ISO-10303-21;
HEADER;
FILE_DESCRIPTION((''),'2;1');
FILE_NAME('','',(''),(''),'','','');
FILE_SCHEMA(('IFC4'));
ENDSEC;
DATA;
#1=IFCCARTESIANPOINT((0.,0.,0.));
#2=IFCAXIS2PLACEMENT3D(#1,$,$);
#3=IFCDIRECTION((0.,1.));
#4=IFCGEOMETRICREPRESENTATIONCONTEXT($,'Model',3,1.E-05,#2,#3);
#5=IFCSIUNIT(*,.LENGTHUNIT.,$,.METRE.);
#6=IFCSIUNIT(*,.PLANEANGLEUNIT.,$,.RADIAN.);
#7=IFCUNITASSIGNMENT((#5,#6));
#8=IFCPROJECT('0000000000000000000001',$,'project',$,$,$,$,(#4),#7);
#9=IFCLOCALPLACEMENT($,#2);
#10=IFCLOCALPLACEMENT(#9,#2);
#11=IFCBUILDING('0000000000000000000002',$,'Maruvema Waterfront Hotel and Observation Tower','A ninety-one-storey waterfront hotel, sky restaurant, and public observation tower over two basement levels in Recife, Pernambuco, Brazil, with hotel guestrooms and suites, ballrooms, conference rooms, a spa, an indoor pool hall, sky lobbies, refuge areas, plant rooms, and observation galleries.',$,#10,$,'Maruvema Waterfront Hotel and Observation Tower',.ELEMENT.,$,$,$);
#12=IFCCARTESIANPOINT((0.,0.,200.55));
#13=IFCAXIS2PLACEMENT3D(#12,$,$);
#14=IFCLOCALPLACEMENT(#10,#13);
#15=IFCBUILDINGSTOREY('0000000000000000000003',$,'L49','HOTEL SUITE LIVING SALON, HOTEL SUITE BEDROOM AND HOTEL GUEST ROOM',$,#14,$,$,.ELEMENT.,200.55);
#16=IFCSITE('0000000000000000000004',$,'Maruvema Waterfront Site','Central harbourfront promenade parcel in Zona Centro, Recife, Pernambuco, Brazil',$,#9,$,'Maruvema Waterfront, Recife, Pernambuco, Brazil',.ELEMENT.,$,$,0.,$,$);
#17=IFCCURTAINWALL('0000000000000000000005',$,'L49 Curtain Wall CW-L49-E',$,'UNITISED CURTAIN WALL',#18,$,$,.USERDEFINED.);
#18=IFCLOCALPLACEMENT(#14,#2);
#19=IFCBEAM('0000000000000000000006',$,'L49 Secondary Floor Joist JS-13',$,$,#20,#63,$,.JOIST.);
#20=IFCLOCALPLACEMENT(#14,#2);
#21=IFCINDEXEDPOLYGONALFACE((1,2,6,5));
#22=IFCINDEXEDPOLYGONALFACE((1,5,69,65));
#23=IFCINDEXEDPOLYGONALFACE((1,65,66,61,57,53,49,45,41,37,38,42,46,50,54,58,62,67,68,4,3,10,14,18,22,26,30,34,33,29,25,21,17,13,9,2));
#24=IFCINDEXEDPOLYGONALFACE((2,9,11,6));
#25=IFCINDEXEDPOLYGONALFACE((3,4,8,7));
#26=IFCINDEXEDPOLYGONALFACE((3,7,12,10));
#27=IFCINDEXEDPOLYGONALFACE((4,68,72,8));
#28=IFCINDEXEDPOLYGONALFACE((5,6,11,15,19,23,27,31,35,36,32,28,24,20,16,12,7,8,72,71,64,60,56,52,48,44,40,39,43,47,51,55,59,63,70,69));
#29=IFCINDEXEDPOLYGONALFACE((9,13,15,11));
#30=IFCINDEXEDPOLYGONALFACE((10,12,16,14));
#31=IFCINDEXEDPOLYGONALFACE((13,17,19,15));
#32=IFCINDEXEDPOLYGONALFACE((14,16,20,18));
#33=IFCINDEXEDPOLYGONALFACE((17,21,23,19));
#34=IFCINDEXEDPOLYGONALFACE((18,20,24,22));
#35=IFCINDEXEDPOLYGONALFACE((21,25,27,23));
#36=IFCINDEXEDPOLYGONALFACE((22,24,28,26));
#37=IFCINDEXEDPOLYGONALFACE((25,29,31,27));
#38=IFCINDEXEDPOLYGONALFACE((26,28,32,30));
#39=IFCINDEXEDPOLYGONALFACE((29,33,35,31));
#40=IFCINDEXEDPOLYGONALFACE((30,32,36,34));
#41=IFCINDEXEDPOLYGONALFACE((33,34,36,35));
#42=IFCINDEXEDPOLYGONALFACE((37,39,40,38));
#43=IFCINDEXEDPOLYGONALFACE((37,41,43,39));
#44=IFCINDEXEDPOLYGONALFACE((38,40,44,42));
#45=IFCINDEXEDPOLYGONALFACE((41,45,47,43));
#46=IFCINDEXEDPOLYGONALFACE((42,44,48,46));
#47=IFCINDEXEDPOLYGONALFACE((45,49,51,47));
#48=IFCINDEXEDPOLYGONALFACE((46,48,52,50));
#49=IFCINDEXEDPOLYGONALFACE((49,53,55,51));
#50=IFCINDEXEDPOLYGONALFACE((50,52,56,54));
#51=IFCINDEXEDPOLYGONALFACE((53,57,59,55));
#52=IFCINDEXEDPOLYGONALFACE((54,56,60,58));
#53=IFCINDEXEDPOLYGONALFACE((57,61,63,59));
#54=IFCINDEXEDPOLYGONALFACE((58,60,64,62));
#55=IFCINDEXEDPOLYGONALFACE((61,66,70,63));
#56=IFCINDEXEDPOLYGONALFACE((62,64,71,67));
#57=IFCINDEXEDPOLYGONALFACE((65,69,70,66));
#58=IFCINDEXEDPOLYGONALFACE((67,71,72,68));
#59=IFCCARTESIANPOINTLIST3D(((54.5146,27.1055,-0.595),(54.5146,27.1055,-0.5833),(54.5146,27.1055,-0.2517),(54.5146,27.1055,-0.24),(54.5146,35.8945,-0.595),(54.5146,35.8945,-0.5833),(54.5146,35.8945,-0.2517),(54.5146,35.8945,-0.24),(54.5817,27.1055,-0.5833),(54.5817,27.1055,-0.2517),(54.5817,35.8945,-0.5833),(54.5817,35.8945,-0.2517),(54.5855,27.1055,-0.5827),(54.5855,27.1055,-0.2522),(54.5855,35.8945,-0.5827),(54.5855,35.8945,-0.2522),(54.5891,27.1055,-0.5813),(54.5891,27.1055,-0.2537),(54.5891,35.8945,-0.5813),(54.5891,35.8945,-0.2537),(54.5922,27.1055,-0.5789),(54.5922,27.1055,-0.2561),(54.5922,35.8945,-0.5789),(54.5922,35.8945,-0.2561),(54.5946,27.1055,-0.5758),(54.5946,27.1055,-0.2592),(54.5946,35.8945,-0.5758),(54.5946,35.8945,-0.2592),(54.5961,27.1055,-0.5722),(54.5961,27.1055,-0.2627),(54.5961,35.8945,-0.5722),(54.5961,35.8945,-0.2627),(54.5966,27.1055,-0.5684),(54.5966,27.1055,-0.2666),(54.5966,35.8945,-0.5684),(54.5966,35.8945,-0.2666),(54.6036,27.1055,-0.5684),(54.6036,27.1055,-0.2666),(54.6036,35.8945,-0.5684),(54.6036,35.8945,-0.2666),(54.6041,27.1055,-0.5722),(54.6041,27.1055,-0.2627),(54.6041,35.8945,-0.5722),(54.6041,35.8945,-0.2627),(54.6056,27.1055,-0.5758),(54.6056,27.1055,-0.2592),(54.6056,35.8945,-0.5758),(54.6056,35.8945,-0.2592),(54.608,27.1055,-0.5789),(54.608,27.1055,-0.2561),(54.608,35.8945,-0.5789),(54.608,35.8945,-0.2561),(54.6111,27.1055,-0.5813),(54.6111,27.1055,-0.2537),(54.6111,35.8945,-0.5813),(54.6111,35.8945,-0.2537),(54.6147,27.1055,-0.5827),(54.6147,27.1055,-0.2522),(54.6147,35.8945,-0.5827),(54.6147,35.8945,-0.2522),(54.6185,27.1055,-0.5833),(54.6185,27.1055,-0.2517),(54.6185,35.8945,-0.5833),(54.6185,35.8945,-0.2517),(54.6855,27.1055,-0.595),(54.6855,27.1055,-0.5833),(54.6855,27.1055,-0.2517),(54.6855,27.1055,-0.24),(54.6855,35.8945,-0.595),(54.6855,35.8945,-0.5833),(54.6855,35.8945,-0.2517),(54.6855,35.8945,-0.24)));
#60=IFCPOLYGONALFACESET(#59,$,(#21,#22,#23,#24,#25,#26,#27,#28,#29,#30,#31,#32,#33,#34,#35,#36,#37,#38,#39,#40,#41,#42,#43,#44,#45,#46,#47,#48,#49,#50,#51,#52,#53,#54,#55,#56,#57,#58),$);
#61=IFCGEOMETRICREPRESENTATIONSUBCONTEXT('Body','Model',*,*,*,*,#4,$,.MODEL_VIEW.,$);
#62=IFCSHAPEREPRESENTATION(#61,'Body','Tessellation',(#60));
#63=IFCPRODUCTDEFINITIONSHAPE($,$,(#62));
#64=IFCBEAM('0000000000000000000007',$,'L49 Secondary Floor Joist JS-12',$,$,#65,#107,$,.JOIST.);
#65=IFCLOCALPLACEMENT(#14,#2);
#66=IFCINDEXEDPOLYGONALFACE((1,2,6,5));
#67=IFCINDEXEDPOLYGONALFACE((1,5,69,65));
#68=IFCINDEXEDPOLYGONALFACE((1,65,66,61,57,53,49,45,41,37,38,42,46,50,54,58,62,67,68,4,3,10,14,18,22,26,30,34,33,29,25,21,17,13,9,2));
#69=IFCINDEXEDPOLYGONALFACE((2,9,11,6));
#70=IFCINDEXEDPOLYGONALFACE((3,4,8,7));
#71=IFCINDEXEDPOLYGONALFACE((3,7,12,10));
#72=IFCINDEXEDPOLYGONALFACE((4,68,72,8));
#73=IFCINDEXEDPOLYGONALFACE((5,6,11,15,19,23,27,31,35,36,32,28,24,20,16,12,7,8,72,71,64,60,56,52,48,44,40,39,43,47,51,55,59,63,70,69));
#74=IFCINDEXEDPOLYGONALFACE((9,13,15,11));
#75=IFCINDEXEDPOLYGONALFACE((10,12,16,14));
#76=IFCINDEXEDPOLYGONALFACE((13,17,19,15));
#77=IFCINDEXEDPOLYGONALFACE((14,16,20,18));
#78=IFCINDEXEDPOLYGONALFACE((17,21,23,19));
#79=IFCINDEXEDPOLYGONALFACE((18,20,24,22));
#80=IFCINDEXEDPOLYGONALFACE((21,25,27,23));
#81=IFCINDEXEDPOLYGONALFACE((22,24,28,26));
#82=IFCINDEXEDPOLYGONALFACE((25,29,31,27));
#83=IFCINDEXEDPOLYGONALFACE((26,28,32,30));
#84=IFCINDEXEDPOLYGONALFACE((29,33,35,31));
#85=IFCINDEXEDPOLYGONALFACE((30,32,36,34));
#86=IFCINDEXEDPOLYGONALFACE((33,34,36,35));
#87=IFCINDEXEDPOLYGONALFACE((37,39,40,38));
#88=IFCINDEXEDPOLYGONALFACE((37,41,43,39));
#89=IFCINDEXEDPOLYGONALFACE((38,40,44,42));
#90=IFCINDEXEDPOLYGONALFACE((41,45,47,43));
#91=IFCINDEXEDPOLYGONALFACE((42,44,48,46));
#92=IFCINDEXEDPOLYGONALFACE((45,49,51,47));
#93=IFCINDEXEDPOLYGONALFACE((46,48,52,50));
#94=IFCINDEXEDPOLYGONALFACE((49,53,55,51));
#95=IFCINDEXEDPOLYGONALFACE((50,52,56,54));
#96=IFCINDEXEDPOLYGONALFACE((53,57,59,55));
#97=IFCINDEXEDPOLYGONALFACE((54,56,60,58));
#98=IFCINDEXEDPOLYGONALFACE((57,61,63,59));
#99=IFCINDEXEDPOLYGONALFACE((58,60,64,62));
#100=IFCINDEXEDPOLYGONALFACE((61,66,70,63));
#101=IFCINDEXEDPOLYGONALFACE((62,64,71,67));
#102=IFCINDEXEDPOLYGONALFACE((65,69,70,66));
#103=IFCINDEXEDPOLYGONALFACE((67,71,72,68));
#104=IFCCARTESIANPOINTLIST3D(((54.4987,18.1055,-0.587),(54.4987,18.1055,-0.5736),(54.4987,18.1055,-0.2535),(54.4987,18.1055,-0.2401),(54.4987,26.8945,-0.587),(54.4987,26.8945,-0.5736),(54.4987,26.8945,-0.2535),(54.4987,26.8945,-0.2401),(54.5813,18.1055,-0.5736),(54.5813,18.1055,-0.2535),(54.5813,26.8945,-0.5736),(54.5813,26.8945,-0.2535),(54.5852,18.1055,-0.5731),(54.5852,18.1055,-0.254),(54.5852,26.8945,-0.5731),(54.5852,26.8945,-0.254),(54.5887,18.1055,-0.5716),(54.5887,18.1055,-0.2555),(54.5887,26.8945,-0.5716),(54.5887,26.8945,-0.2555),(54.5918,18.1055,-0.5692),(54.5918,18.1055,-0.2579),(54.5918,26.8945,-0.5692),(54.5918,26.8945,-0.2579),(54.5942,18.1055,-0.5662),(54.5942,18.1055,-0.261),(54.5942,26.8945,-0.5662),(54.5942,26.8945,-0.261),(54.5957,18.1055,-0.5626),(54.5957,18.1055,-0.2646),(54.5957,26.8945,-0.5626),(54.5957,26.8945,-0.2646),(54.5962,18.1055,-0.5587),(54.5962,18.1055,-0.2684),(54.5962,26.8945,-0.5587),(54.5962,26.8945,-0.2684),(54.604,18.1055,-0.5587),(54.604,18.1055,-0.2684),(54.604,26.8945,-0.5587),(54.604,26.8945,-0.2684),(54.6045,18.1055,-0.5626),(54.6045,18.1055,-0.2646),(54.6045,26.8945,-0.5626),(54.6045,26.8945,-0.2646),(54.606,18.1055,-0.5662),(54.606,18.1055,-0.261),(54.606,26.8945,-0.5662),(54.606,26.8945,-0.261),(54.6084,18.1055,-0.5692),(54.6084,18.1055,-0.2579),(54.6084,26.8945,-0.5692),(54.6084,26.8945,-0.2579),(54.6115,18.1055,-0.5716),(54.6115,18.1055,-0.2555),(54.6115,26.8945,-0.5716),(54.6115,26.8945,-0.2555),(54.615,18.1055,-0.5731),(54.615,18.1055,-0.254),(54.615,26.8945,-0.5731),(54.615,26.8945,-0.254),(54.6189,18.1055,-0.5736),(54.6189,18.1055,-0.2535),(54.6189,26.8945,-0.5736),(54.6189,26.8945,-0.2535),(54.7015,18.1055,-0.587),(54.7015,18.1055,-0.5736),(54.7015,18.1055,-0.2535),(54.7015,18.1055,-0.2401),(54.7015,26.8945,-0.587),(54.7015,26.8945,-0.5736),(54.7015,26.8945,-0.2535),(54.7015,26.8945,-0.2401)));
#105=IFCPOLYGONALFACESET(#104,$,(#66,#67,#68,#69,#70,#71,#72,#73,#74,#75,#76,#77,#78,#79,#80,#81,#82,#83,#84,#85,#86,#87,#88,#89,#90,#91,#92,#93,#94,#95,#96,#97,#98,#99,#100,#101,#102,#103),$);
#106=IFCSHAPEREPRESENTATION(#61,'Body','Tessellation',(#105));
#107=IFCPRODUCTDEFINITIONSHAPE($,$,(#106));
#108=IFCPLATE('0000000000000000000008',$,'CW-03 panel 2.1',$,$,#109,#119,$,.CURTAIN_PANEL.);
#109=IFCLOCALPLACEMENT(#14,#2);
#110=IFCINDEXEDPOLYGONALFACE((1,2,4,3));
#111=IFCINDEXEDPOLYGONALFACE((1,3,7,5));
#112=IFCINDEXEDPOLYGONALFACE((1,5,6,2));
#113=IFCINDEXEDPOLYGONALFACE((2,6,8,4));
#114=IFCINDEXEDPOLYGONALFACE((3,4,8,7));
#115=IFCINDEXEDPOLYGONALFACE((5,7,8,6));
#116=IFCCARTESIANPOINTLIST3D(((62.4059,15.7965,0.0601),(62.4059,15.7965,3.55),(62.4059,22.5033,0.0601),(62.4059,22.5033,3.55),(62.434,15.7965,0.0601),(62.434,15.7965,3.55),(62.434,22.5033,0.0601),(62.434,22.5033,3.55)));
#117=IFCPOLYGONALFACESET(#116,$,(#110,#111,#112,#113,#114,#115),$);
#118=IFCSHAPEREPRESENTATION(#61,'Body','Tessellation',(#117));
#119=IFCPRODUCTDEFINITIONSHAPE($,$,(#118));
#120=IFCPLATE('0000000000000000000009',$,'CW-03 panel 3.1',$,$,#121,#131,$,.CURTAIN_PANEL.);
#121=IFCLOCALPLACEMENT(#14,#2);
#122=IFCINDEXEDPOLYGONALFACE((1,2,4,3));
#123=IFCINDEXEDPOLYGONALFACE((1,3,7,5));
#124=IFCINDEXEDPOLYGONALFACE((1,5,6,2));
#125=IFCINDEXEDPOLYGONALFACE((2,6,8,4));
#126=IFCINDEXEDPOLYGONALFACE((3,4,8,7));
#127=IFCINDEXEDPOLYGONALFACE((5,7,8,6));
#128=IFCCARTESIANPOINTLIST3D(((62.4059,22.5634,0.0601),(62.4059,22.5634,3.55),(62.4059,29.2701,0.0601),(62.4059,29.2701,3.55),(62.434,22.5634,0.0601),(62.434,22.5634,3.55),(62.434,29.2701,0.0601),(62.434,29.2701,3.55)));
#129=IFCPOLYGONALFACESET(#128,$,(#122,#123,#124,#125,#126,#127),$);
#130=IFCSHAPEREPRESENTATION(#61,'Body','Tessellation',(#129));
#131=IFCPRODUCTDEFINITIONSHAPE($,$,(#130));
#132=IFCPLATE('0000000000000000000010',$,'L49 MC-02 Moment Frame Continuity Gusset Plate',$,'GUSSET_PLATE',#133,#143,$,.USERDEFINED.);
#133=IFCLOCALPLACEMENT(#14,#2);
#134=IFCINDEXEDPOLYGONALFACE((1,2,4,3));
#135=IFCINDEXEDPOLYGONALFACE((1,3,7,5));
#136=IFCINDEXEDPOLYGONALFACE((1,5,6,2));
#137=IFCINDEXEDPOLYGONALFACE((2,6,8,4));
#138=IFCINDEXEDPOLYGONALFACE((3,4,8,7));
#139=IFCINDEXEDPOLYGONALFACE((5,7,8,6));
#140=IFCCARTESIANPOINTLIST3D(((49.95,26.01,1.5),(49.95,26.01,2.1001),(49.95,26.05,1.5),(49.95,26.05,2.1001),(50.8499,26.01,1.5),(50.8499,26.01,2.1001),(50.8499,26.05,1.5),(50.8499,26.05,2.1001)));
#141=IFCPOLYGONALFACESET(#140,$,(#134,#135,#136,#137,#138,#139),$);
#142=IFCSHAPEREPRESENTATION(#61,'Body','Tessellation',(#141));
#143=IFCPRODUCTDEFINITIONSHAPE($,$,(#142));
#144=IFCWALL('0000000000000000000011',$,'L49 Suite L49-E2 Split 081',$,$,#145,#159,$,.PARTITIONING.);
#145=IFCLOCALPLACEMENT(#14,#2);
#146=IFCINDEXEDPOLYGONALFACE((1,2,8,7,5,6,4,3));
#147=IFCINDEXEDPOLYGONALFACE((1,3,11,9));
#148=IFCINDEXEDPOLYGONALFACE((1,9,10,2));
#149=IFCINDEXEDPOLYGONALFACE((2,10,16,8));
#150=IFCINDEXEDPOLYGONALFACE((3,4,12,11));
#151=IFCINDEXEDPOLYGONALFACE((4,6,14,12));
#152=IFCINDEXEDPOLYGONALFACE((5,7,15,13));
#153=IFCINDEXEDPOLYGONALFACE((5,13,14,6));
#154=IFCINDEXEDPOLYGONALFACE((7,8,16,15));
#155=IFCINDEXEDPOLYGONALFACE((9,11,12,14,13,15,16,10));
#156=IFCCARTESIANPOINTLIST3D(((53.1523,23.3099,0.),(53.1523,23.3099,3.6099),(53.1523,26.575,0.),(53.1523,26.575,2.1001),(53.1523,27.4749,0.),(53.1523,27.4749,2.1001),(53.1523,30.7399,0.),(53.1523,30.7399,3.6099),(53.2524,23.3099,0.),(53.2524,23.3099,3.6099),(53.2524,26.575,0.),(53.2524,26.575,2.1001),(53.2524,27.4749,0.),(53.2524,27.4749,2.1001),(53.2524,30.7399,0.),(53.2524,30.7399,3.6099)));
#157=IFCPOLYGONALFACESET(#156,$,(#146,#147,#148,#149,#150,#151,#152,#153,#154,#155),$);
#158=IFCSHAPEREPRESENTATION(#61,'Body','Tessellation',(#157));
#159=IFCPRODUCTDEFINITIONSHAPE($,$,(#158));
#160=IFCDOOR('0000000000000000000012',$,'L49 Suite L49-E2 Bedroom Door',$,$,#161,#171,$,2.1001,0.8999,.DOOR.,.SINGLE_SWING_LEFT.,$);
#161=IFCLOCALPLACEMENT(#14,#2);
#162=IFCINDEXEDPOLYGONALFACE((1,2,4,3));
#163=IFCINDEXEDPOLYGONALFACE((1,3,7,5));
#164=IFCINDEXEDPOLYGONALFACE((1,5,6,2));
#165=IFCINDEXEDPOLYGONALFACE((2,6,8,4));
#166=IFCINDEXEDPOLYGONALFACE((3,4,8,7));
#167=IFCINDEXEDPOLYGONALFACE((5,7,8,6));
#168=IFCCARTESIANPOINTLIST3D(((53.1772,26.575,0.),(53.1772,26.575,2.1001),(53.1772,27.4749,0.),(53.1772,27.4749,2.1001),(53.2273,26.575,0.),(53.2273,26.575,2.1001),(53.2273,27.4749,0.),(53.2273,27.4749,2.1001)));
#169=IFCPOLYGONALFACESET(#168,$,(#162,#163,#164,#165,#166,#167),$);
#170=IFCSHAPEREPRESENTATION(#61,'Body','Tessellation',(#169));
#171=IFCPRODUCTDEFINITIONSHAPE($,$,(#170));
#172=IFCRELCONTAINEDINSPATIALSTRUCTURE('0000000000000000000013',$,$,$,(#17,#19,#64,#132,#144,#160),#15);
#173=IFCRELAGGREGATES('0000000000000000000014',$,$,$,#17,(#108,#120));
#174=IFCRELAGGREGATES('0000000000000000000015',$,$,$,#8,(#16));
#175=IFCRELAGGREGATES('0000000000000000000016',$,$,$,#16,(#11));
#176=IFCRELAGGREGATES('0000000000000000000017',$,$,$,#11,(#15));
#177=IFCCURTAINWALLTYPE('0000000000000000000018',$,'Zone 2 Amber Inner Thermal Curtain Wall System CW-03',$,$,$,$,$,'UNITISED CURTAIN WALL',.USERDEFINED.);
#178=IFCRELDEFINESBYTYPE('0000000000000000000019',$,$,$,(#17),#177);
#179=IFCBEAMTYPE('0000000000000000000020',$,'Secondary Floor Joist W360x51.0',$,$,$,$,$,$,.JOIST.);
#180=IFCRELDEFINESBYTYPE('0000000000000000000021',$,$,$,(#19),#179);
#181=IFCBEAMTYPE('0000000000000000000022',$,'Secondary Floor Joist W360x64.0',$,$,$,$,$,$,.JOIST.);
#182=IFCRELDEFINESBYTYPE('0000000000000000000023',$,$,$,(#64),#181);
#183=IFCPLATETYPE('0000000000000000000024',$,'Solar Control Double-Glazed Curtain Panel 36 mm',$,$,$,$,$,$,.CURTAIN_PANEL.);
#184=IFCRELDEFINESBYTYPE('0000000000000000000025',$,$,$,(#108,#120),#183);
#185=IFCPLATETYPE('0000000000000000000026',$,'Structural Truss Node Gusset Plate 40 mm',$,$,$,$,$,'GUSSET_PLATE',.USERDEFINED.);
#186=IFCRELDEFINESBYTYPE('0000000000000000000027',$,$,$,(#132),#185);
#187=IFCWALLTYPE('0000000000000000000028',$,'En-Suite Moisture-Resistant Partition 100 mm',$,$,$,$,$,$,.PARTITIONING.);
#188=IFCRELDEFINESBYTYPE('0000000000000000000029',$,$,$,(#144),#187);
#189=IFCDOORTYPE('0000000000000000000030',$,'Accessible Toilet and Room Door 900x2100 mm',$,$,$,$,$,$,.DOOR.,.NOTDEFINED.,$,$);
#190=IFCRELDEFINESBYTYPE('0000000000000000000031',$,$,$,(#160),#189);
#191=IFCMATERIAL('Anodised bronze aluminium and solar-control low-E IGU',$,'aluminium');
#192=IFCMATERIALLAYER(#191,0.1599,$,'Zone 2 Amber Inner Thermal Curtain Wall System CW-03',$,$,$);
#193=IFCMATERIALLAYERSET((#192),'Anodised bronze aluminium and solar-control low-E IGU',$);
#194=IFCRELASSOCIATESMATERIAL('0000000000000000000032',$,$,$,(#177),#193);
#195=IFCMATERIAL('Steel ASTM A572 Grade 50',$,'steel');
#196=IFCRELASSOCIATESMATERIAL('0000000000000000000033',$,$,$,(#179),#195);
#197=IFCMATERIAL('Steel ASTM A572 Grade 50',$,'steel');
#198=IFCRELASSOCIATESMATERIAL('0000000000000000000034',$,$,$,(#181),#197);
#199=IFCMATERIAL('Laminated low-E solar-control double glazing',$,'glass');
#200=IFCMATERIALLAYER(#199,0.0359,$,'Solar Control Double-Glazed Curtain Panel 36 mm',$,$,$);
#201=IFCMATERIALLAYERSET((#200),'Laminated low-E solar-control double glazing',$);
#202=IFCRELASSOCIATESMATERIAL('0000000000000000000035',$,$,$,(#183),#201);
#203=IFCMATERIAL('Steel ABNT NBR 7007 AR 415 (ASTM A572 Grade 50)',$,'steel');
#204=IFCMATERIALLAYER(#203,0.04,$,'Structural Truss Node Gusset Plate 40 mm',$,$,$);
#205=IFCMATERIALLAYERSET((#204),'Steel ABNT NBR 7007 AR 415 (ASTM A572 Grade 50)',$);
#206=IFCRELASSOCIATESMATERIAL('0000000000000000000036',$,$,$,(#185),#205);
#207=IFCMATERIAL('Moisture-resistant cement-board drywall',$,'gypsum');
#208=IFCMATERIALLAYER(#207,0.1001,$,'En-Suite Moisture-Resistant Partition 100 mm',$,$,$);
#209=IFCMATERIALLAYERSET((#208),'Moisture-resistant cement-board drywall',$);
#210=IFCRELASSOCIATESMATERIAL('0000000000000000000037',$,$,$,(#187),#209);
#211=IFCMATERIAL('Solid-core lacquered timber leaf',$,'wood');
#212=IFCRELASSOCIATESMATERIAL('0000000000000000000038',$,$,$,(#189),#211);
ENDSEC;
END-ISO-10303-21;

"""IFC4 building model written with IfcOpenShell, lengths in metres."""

from ifc_helpers import new_model, si_unit, direction, frame, frame_2d, origin, origin_2d, place, context, subcontext, project, spatial, rectangle, i_section, extrude, material, layer, layer_set, material_profile, profile_set, type_object, element, fill, aggregate, save


model = new_model("IFC4")

# Units and contexts
model_context = context("Model", 3, precision=1e-05, world=origin(), true_north=direction((0.0, 1.0)))
body_context = subcontext(model_context, "Body", "Model", "MODEL_VIEW")
ifc_project = project(units=[si_unit("LENGTHUNIT", "METRE"), si_unit("PLANEANGLEUNIT", "RADIAN")], contexts=[model_context])

# Site, building, storey
site_placement = place(None, origin())
site = spatial("IfcSite", under=ifc_project, at=site_placement, Name="Maruvema Waterfront Site", Description="Central harbourfront promenade parcel in Zona Centro, Recife, Pernambuco, Brazil", LongName="Maruvema Waterfront, Recife, Pernambuco, Brazil", CompositionType="ELEMENT", RefElevation=0.0)
building_placement = place(site_placement, origin())
building = spatial("IfcBuilding", under=site, at=building_placement, Name="Maruvema Waterfront Hotel and Observation Tower", Description="A ninety-one-storey waterfront hotel, sky restaurant, and public observation tower over two basement levels in Recife, Pernambuco, Brazil, with hotel guestrooms and suites, ballrooms, conference rooms, a spa, an indoor pool hall, sky lobbies, refuge areas, plant rooms, and observation galleries.", LongName="Maruvema Waterfront Hotel and Observation Tower", CompositionType="ELEMENT")
storey_placement = place(building_placement, frame((0.0, 0.0, 200.55)))
storey = spatial("IfcBuildingStorey", under=building, at=storey_placement, Name="L49", Description="HOTEL SUITE LIVING SALON, HOTEL SUITE BEDROOM AND HOTEL GUEST ROOM", CompositionType="ELEMENT", Elevation=200.55)

# Curtain wall
ifc_material_1 = material(Name="Anodised bronze aluminium and solar-control low-E IGU", Category="aluminium")
ifc_layer_1 = layer(ifc_material_1, 0.1599, Name="Zone 2 Amber Inner Thermal Curtain Wall System CW-03")
ifc_layer_set_1 = layer_set([ifc_layer_1], Name="Anodised bronze aluminium and solar-control low-E IGU")
curtain_wall_type = type_object("IfcCurtainWallType", Name="Zone 2 Amber Inner Thermal Curtain Wall System CW-03", ElementType="UNITISED CURTAIN WALL", PredefinedType="USERDEFINED", material=ifc_layer_set_1)
curtain_wall_placement = place(storey_placement, origin())
curtain_wall = element("IfcCurtainWall", 1, at=curtain_wall_placement, inside=storey, type_object=curtain_wall_type, Name="L49 Curtain Wall CW-L49-E", ObjectType="UNITISED CURTAIN WALL", PredefinedType="USERDEFINED")

# Beams
ifc_material_2 = material(Name="Steel ASTM A572 Grade 50", Category="steel")
ifc_material_profile_1 = material_profile(ifc_material_2, i_section(OverallWidth=0.1709, OverallDepth=0.355, WebThickness=0.0071, FlangeThickness=0.0117, FilletRadius=0.0149, at=origin_2d()), Name="W360x51.0")
ifc_profile_set_1 = profile_set([ifc_material_profile_1], Name="Steel ASTM A572 Grade 50")
beam_type_1 = type_object("IfcBeamType", Name="Secondary Floor Joist W360x51.0", PredefinedType="JOIST", material=ifc_profile_set_1)
beam_1_placement = place(storey_placement, frame((54.6001, 27.1055, -0.4175), z_axis=(0.0, 1.0, 0.0), x_axis=(-1.0, 0.0, 0.0)))
element("IfcBeam", 2, at=beam_1_placement, inside=storey, type_object=beam_type_1, Name="L49 Secondary Floor Joist JS-13", PredefinedType="JOIST", context=body_context, shape_type="SweptSolid", body=[
    extrude(i_section(OverallWidth=0.1709, OverallDepth=0.355, WebThickness=0.0071, FlangeThickness=0.0117, FilletRadius=0.0149, at=origin_2d()), origin(), (0.0, 0.0, 1.0), 8.7891),
])
ifc_material_3 = material(Name="Steel ASTM A572 Grade 50", Category="steel")
ifc_material_profile_2 = material_profile(ifc_material_3, i_section(OverallWidth=0.2029, OverallDepth=0.3469, WebThickness=0.0078, FlangeThickness=0.0134, FilletRadius=0.0149, at=origin_2d()), Name="W360x64.0")
ifc_profile_set_2 = profile_set([ifc_material_profile_2], Name="Steel ASTM A572 Grade 50")
beam_type_2 = type_object("IfcBeamType", Name="Secondary Floor Joist W360x64.0", PredefinedType="JOIST", material=ifc_profile_set_2)
beam_2_placement = place(storey_placement, frame((54.6001, 18.1055, -0.4136), z_axis=(0.0, 1.0, 0.0), x_axis=(-1.0, 0.0, 0.0)))
element("IfcBeam", 3, at=beam_2_placement, inside=storey, type_object=beam_type_2, Name="L49 Secondary Floor Joist JS-12", PredefinedType="JOIST", context=body_context, shape_type="SweptSolid", body=[
    extrude(i_section(OverallWidth=0.2029, OverallDepth=0.3469, WebThickness=0.0078, FlangeThickness=0.0134, FilletRadius=0.0149, at=origin_2d()), origin(), (0.0, 0.0, 1.0), 8.7891),
])

# Plates
ifc_material_4 = material(Name="Laminated low-E solar-control double glazing", Category="glass")
ifc_layer_2 = layer(ifc_material_4, 0.0359, Name="Solar Control Double-Glazed Curtain Panel 36 mm")
ifc_layer_set_2 = layer_set([ifc_layer_2], Name="Laminated low-E solar-control double glazing")
plate_type_1 = type_object("IfcPlateType", Name="Solar Control Double-Glazed Curtain Panel 36 mm", PredefinedType="CURTAIN_PANEL", material=ifc_layer_set_2)
plate_1_placement = place(storey_placement, frame((62.4199, 19.1499, 0.0601), z_axis=(0.0, 0.0, 1.0), x_axis=(0.0, 1.0, 0.0)))
plate_1 = element("IfcPlate", 4, at=plate_1_placement, type_object=plate_type_1, Name="CW-03 panel 2.1", PredefinedType="CURTAIN_PANEL", context=body_context, shape_type="SweptSolid", body=[
    extrude(rectangle(XDim=6.7068, YDim=0.0281, at=origin_2d()), origin(), (0.0, 0.0, 1.0), 3.49),
])
plate_2_placement = place(storey_placement, frame((62.4199, 25.9167, 0.0601), z_axis=(0.0, 0.0, 1.0), x_axis=(0.0, 1.0, 0.0)))
plate_2 = element("IfcPlate", 5, at=plate_2_placement, type_object=plate_type_1, Name="CW-03 panel 3.1", PredefinedType="CURTAIN_PANEL", context=body_context, shape_type="SweptSolid", body=[
    extrude(rectangle(XDim=6.7068, YDim=0.0281, at=origin_2d()), origin(), (0.0, 0.0, 1.0), 3.49),
])
aggregate(curtain_wall, [plate_1, plate_2])
ifc_material_5 = material(Name="Steel ABNT NBR 7007 AR 415 (ASTM A572 Grade 50)", Category="steel")
ifc_layer_3 = layer(ifc_material_5, 0.04, Name="Structural Truss Node Gusset Plate 40 mm")
ifc_layer_set_3 = layer_set([ifc_layer_3], Name="Steel ABNT NBR 7007 AR 415 (ASTM A572 Grade 50)")
plate_type_2 = type_object("IfcPlateType", Name="Structural Truss Node Gusset Plate 40 mm", ElementType="GUSSET_PLATE", PredefinedType="USERDEFINED", material=ifc_layer_set_3)
plate_3_placement = place(storey_placement, frame((50.3999, 26.03, 1.5), z_axis=(0.0, 0.0, 1.0), x_axis=(1.0, 0.0, 0.0)))
element("IfcPlate", 6, at=plate_3_placement, inside=storey, type_object=plate_type_2, Name="L49 MC-02 Moment Frame Continuity Gusset Plate", ObjectType="GUSSET_PLATE", PredefinedType="USERDEFINED", context=body_context, shape_type="SweptSolid", body=[
    extrude(rectangle(XDim=0.8999, YDim=0.04, at=origin_2d()), origin(), (0.0, 0.0, 1.0), 0.6001),
])

# Wall, opening, door
ifc_material_6 = material(Name="Moisture-resistant cement-board drywall", Category="gypsum")
ifc_layer_4 = layer(ifc_material_6, 0.1001, Name="En-Suite Moisture-Resistant Partition 100 mm")
ifc_layer_set_4 = layer_set([ifc_layer_4], Name="Moisture-resistant cement-board drywall")
wall_type = type_object("IfcWallType", Name="En-Suite Moisture-Resistant Partition 100 mm", PredefinedType="PARTITIONING", material=ifc_layer_set_4)
wall_placement = place(storey_placement, frame((53.2024, 23.3101, 0.0), z_axis=(0.0, 0.0, 1.0), x_axis=(0.0, 1.0, 0.0)))
wall = element("IfcWall", 7, at=wall_placement, inside=storey, type_object=wall_type, Name="L49 Suite L49-E2 Split 081", PredefinedType="PARTITIONING", context=body_context, shape_type="SweptSolid", body=[
    extrude(rectangle(XDim=7.4299, YDim=0.1001, at=frame_2d((3.7148, 0.0))), origin(), (0.0, 0.0, 1.0), 3.6099),
])
opening_placement = place(wall_placement, frame((3.2649, 0.0, 0.0)))
opening = element("IfcOpeningElement", 8, at=opening_placement, cuts=wall, PredefinedType="OPENING", context=body_context, shape_type="SweptSolid", body=[
    extrude(rectangle(XDim=0.8999, YDim=2.1001, at=frame_2d((0.45, 1.05))), frame((0.0, 0.0601, 0.0), z_axis=(0.0, -1.0, 0.0), x_axis=(1.0, 0.0, 0.0)), (0.0, 0.0, 1.0), 0.1201),
])
ifc_material_7 = material(Name="Solid-core lacquered timber leaf", Category="wood")
door_type = type_object("IfcDoorType", Name="Accessible Toilet and Room Door 900x2100 mm", OperationType="NOTDEFINED", PredefinedType="DOOR", material=ifc_material_7)
door_placement = place(opening_placement, frame((0.8999, 0.0, 0.0), z_axis=(0.0, 0.0, 1.0), x_axis=(-1.0, 0.0, 0.0)))
door = element("IfcDoor", 9, at=door_placement, inside=storey, type_object=door_type, Name="L49 Suite L49-E2 Bedroom Door", OperationType="SINGLE_SWING_LEFT", OverallHeight=2.1001, OverallWidth=0.8999, PredefinedType="DOOR", context=body_context, shape_type="SweptSolid", body=[
    extrude(rectangle(XDim=0.8999, YDim=2.1001, at=frame_2d((0.45, 1.05))), frame((0.0, 0.0249, 0.0), z_axis=(0.0, -1.0, 0.0), x_axis=(1.0, 0.0, 0.0)), (0.0, 0.0, 1.0), 0.05),
])
fill(opening, door)

save(model, "model.ifc")
